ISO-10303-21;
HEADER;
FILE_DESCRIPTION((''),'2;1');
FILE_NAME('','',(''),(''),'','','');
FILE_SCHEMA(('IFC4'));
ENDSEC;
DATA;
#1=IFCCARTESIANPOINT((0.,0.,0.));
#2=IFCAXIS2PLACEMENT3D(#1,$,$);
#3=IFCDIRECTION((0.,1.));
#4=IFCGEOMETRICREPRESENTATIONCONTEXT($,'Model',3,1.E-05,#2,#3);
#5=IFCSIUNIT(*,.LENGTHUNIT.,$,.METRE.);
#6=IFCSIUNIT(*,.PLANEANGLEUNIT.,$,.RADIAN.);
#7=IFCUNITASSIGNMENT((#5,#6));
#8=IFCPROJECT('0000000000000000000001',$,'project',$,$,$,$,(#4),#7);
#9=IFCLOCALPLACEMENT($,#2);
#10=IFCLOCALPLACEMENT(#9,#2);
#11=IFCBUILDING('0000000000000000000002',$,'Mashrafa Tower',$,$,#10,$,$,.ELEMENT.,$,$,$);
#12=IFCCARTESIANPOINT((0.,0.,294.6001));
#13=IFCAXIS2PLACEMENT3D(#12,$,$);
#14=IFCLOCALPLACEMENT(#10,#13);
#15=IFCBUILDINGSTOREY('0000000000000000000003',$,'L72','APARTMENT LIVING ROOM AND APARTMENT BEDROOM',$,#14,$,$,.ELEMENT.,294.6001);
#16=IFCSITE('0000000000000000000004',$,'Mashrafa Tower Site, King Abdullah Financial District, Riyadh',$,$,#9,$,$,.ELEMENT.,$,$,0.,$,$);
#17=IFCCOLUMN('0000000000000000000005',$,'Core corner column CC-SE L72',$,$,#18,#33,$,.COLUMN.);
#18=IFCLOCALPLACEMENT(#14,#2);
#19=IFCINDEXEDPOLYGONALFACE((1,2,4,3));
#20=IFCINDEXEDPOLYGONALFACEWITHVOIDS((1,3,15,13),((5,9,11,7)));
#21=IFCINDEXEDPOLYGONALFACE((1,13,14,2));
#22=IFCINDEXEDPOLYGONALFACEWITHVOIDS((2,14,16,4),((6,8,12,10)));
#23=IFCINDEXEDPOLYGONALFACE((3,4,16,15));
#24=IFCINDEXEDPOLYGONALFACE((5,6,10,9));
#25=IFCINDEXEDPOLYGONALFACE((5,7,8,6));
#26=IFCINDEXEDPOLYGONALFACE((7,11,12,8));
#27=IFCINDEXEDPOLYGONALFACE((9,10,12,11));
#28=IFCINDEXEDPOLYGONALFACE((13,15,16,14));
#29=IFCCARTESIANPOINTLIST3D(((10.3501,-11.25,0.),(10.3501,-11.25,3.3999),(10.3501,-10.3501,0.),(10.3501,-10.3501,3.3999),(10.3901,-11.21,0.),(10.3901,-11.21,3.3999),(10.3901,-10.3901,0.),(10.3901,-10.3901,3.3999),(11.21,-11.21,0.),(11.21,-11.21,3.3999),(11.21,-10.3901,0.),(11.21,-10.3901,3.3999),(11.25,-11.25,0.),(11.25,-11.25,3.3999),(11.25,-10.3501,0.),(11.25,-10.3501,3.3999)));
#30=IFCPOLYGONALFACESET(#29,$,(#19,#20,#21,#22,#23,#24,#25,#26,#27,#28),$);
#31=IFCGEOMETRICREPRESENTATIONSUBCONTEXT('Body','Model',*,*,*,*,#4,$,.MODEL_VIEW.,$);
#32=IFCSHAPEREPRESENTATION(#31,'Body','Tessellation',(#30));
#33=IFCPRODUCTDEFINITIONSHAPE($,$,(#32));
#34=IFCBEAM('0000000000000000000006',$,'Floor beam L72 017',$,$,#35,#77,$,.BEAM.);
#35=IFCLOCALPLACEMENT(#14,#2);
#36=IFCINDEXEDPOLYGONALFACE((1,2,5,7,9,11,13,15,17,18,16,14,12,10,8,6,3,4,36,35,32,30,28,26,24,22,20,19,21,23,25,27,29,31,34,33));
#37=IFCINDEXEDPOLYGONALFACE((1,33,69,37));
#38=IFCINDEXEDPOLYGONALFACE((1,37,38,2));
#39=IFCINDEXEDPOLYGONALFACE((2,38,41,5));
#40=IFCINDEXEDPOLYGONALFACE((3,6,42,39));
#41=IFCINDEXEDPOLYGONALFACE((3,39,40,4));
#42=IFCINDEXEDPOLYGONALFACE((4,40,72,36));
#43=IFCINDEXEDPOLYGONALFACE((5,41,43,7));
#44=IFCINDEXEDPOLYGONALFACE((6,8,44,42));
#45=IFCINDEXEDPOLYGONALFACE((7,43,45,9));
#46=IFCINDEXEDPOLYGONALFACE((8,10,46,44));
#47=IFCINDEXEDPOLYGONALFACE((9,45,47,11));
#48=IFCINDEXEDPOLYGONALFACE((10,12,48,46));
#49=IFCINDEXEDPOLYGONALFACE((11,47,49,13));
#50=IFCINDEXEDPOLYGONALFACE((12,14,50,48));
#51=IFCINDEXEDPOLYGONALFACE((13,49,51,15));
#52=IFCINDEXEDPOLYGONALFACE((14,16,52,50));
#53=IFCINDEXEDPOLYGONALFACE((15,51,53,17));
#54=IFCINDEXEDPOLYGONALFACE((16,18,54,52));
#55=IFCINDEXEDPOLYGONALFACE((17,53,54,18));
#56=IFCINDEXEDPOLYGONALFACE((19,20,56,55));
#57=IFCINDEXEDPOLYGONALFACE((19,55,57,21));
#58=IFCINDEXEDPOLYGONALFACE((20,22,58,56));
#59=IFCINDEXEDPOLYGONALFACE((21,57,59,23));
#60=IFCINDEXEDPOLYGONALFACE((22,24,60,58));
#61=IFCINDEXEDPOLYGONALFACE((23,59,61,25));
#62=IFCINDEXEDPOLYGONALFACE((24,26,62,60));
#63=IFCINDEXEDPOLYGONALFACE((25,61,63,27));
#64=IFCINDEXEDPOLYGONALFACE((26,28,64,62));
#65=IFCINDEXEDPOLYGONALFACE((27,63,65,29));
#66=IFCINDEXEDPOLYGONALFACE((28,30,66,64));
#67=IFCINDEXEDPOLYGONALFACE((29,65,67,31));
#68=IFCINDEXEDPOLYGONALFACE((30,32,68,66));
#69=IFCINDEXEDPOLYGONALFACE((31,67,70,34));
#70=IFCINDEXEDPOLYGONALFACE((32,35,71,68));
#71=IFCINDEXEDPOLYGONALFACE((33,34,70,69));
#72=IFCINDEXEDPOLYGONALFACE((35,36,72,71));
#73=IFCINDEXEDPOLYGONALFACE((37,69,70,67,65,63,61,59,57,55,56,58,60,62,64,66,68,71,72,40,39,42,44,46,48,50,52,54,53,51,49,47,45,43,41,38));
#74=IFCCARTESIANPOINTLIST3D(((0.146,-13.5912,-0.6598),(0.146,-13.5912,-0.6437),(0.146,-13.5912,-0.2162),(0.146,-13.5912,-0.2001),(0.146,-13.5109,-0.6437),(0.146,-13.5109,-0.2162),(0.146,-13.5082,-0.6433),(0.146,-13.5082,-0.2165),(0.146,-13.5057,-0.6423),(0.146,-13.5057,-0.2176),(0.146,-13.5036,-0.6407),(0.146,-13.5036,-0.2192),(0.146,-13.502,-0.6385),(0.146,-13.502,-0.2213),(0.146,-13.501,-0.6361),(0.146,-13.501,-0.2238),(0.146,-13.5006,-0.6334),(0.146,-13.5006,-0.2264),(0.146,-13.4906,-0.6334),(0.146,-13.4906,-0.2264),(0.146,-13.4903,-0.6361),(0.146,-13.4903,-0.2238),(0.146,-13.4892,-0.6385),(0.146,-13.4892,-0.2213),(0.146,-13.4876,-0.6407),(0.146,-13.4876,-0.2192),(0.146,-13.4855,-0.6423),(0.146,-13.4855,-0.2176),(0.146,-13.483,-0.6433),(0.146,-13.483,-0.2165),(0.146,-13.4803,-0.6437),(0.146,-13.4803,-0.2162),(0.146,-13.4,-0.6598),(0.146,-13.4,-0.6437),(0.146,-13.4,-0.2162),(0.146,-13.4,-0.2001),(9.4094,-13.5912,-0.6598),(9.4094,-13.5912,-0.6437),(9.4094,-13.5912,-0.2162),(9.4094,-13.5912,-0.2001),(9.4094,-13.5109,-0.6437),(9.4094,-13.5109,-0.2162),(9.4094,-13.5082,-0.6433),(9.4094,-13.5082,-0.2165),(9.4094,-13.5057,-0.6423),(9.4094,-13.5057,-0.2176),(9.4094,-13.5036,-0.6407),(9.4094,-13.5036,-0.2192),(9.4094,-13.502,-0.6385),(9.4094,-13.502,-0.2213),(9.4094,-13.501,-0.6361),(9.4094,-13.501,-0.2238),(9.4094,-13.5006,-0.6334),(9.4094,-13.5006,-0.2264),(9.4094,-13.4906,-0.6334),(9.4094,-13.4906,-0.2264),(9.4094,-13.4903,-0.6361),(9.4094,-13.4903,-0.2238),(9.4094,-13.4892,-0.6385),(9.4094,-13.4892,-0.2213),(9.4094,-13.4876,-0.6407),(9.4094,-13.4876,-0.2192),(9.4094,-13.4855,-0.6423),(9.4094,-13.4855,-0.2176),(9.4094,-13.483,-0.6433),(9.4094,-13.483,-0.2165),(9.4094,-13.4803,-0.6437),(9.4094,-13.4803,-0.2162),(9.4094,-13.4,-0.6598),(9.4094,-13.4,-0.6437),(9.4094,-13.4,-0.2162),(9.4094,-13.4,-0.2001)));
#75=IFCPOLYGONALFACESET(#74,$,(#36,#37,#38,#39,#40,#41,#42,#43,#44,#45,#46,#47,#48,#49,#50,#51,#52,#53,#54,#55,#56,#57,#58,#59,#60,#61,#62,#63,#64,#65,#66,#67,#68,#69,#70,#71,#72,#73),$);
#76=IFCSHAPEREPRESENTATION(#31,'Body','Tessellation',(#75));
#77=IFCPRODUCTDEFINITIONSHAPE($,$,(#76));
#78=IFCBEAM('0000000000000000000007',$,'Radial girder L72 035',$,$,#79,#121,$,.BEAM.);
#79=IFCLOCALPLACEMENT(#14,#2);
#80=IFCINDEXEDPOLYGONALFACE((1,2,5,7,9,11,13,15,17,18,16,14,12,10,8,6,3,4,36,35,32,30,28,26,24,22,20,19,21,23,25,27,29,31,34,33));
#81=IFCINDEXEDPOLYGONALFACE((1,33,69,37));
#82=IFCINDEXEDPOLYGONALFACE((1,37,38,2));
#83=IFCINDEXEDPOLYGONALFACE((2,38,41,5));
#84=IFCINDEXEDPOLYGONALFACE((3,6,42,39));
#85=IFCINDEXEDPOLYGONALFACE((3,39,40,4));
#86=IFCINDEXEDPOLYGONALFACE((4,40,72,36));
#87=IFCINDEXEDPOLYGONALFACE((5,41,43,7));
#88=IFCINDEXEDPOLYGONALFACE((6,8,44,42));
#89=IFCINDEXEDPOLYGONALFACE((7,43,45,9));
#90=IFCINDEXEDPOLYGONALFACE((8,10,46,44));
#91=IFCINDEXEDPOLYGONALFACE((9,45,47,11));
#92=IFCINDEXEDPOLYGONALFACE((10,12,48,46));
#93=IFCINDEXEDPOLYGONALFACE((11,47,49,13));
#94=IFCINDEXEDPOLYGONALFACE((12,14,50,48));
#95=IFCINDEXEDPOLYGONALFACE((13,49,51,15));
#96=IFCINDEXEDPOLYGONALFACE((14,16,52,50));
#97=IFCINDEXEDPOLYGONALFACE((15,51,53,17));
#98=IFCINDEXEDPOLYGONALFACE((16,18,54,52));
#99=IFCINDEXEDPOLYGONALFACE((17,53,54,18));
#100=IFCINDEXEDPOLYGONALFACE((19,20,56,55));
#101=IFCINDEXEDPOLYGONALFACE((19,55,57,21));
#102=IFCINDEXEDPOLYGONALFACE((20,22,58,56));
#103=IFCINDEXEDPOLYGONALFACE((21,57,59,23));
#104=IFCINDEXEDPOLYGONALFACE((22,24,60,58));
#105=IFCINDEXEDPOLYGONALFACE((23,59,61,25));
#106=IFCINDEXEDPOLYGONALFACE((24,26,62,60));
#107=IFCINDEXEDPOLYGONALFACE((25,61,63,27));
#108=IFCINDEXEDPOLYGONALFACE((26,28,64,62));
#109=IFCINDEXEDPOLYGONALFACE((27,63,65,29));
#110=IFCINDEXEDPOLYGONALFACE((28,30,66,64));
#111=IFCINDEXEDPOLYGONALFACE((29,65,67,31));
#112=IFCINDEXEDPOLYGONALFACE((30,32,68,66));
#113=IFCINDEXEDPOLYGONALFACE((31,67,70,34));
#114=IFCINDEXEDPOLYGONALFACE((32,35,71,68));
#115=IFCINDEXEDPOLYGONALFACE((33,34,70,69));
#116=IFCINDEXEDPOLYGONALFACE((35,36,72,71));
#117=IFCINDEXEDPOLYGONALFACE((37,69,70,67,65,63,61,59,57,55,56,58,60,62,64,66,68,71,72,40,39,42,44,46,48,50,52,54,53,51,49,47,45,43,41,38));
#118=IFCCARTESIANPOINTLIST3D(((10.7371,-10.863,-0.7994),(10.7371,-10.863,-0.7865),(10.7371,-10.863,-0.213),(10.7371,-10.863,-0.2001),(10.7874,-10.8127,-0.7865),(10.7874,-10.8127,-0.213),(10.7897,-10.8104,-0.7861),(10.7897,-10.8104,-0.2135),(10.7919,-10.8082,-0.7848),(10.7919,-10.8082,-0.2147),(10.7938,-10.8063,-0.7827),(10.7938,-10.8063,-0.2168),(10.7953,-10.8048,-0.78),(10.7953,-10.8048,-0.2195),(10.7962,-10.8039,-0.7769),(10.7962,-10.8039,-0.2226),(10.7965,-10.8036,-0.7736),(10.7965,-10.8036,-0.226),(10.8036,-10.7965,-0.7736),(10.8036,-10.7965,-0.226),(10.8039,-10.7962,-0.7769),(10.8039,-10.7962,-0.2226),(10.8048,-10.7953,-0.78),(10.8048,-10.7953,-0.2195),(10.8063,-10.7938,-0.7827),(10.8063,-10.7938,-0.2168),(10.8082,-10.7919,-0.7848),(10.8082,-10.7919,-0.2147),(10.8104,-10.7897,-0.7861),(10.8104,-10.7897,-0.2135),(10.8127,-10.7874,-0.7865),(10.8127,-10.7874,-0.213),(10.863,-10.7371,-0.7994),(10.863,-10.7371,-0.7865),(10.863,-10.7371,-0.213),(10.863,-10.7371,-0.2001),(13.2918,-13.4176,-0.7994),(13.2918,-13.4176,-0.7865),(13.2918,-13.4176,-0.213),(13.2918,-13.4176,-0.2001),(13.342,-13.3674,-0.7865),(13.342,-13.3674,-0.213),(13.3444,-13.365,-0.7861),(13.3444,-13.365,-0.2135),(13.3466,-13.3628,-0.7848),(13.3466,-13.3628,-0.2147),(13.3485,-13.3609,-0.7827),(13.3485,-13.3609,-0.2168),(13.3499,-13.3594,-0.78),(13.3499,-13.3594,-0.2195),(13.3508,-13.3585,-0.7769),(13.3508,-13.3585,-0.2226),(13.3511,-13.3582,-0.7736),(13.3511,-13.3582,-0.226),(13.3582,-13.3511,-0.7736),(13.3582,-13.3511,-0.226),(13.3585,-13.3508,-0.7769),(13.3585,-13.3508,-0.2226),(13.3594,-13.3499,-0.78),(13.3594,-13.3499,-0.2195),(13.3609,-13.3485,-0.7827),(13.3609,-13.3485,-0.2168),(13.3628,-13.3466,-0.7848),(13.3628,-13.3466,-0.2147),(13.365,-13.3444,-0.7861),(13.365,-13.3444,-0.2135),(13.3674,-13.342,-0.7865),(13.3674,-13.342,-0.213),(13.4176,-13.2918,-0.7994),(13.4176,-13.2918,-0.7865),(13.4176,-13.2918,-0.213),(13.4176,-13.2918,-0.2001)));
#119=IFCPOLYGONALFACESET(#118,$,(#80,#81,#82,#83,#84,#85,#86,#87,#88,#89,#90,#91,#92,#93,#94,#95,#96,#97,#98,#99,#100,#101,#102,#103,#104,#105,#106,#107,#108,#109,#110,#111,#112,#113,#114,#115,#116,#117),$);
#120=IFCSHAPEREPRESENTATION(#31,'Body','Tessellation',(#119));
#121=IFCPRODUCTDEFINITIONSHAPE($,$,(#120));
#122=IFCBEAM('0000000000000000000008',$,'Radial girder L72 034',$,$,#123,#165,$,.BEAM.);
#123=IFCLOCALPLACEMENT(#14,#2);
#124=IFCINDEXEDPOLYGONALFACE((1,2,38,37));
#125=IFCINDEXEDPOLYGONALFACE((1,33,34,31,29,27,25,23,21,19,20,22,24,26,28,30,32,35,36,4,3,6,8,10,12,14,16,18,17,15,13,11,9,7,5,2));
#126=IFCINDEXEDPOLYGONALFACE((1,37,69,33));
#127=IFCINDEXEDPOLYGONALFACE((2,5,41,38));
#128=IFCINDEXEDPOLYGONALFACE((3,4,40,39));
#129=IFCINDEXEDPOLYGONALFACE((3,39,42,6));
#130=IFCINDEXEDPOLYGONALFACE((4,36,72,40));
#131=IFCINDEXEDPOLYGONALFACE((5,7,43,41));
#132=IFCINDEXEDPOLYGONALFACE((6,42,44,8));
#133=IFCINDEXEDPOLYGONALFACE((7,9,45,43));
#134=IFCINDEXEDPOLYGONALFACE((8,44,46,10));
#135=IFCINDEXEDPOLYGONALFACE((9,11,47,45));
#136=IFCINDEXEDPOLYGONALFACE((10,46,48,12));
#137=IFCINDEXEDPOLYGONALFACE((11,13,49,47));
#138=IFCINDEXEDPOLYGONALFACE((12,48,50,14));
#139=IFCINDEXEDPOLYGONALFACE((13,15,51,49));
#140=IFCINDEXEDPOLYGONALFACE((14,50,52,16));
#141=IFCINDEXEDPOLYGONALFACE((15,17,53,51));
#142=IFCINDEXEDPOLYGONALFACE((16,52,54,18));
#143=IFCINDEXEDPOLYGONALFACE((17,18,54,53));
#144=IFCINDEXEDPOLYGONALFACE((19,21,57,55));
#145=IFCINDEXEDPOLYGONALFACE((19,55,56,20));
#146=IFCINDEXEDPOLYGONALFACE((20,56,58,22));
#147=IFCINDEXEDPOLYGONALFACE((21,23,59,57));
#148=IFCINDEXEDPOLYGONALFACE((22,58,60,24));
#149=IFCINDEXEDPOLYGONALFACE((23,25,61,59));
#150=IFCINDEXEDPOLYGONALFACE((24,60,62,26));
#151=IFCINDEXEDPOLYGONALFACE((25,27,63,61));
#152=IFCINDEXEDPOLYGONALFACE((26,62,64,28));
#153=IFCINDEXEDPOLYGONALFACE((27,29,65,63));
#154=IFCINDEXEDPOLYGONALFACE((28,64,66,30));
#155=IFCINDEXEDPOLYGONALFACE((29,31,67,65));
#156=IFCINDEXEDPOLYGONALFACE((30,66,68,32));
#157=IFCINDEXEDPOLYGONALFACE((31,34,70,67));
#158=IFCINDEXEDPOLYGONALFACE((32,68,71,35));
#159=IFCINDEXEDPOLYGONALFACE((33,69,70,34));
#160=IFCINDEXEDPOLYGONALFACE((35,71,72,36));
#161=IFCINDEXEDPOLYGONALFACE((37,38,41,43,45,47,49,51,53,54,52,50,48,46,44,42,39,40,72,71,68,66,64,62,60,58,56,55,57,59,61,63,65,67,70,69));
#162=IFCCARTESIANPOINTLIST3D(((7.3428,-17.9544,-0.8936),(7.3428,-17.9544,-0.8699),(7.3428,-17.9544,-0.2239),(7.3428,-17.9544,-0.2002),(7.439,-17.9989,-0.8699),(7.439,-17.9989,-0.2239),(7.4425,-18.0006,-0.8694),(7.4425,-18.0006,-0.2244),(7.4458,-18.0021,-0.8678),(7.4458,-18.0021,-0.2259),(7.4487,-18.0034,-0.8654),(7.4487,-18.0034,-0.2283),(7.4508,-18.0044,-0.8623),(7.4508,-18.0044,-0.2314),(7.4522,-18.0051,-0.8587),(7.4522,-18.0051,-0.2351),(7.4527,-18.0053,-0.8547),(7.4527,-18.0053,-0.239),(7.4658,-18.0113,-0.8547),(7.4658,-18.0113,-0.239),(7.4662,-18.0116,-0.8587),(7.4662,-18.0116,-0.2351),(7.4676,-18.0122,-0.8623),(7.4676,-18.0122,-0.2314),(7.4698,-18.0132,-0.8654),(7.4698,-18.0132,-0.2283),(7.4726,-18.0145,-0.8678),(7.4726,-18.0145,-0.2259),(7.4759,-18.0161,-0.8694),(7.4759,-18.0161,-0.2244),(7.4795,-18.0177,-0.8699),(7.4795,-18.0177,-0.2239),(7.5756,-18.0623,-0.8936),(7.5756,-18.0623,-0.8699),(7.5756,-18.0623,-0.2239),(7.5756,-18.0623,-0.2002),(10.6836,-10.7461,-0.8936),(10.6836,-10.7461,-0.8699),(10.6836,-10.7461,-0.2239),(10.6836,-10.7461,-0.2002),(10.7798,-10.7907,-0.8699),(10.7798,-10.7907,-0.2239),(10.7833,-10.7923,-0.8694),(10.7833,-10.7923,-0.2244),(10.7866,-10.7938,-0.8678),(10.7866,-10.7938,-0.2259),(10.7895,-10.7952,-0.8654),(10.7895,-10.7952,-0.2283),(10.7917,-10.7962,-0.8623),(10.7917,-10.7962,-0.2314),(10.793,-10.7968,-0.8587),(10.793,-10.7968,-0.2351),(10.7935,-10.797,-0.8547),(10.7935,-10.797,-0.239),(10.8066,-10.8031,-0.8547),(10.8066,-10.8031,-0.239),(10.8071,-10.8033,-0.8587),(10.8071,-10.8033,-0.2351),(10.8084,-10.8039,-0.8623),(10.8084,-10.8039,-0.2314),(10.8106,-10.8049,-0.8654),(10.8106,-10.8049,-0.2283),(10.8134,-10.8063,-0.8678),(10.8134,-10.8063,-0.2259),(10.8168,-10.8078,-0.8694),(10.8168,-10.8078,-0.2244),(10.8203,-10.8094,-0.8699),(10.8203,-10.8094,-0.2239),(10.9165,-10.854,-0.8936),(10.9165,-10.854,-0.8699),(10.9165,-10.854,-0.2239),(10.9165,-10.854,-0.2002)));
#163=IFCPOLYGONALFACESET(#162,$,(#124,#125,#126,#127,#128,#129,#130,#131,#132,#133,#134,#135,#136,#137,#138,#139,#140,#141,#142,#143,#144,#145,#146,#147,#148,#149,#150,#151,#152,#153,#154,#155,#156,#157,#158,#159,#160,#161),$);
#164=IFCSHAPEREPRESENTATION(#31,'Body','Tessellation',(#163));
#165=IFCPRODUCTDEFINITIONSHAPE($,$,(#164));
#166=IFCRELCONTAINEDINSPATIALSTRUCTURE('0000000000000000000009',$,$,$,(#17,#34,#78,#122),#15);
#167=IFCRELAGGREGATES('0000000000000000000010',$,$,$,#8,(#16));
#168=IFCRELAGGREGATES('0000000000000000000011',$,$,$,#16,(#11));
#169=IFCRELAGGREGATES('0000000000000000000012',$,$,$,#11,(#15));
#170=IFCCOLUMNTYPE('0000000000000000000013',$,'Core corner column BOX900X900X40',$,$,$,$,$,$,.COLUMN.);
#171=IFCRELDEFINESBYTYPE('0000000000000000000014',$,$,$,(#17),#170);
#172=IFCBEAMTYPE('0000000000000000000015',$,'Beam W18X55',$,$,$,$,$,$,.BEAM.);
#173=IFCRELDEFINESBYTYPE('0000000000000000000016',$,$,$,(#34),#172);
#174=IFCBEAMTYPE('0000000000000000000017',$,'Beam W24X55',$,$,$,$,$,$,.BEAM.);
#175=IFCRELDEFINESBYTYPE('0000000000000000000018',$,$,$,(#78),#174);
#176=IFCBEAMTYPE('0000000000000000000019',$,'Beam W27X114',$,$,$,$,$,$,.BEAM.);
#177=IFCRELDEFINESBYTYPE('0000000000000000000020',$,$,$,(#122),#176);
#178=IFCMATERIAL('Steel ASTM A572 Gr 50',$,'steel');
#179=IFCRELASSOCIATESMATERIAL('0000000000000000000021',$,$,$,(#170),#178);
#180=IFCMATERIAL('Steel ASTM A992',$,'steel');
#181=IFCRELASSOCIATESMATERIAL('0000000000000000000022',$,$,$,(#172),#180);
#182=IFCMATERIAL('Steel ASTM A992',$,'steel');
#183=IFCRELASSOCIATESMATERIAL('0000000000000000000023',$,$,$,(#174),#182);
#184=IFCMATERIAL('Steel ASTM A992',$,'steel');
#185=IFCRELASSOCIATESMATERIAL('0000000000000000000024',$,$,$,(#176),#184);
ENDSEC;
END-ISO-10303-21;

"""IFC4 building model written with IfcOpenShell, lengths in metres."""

from ifc_helpers import new_model, si_unit, direction, frame, origin, origin_2d, place, context, subcontext, project, spatial, hollow_rectangle, i_section, extrude, material, material_profile, profile_set, type_object, element, save


model = new_model("IFC4")

# Units and contexts
model_context = context("Model", 3, precision=1e-05, world=origin(), true_north=direction((0.0, 1.0)))
body_context = subcontext(model_context, "Body", "Model", "MODEL_VIEW")
ifc_project = project(units=[si_unit("LENGTHUNIT", "METRE"), si_unit("PLANEANGLEUNIT", "RADIAN")], contexts=[model_context])

# Site, building, storey
site_placement = place(None, origin())
site = spatial("IfcSite", under=ifc_project, at=site_placement, Name="Mashrafa Tower Site, King Abdullah Financial District, Riyadh", CompositionType="ELEMENT", RefElevation=0.0)
building_placement = place(site_placement, origin())
building = spatial("IfcBuilding", under=site, at=building_placement, Name="Mashrafa Tower", CompositionType="ELEMENT")
storey_placement = place(building_placement, frame((0.0, 0.0, 294.6001)))
storey = spatial("IfcBuildingStorey", under=building, at=storey_placement, Name="L72", Description="APARTMENT LIVING ROOM AND APARTMENT BEDROOM", CompositionType="ELEMENT", Elevation=294.6001)

# Column
ifc_material_1 = material(Name="Steel ASTM A572 Gr 50", Category="steel")
ifc_material_profile_1 = material_profile(ifc_material_1, hollow_rectangle(XDim=0.8999, YDim=0.8999, WallThickness=0.04, at=origin_2d()), Name="BOX900X900X40")
ifc_profile_set_1 = profile_set([ifc_material_profile_1], Name="Steel ASTM A572 Gr 50")
column_type = type_object("IfcColumnType", Name="Core corner column BOX900X900X40", PredefinedType="COLUMN", material=ifc_profile_set_1)
column_placement = place(storey_placement, frame((10.8, -10.8, 0.0), z_axis=(0.0, 0.0, 1.0), x_axis=(1.0, 0.0, 0.0)))
element("IfcColumn", 1, at=column_placement, inside=storey, type_object=column_type, Name="Core corner column CC-SE L72", PredefinedType="COLUMN", context=body_context, shape_type="SweptSolid", body=[
    extrude(hollow_rectangle(XDim=0.8999, YDim=0.8999, WallThickness=0.04, at=origin_2d()), origin(), (0.0, 0.0, 1.0), 3.3999),
])

# Beams
ifc_material_2 = material(Name="Steel ASTM A992", Category="steel")
ifc_material_profile_2 = material_profile(ifc_material_2, i_section(OverallWidth=0.1912, OverallDepth=0.4597, WebThickness=0.01, FlangeThickness=0.0161, FilletRadius=0.0103, at=origin_2d()), Name="W18X55")
ifc_profile_set_2 = profile_set([ifc_material_profile_2], Name="Steel ASTM A992")
beam_type_1 = type_object("IfcBeamType", Name="Beam W18X55", PredefinedType="BEAM", material=ifc_profile_set_2)
beam_1_placement = place(storey_placement, frame((9.4094, -13.4956, -0.4299), z_axis=(-1.0, 0.0, 0.0), x_axis=(0.0, -1.0, 0.0)))
element("IfcBeam", 2, at=beam_1_placement, inside=storey, type_object=beam_type_1, Name="Floor beam L72 017", PredefinedType="BEAM", context=body_context, shape_type="SweptSolid", body=[
    extrude(i_section(OverallWidth=0.1912, OverallDepth=0.4597, WebThickness=0.01, FlangeThickness=0.0161, FilletRadius=0.0103, at=origin_2d()), origin(), (0.0, 0.0, 1.0), 9.2634),
])
ifc_material_3 = material(Name="Steel ASTM A992", Category="steel")
ifc_material_profile_3 = material_profile(ifc_material_3, i_section(OverallWidth=0.178, OverallDepth=0.5994, WebThickness=0.01, FlangeThickness=0.0129, FilletRadius=0.0129, at=origin_2d()), Name="W24X55")
ifc_profile_set_3 = profile_set([ifc_material_profile_3], Name="Steel ASTM A992")
beam_type_2 = type_object("IfcBeamType", Name="Beam W24X55", PredefinedType="BEAM", material=ifc_profile_set_3)
beam_2_placement = place(storey_placement, frame((10.8, -10.8, -0.4998), z_axis=(0.707107, -0.707107, 0.0), x_axis=(0.707107, 0.707107, 0.0)))
element("IfcBeam", 3, at=beam_2_placement, inside=storey, type_object=beam_type_2, Name="Radial girder L72 035", PredefinedType="BEAM", context=body_context, shape_type="SweptSolid", body=[
    extrude(i_section(OverallWidth=0.178, OverallDepth=0.5994, WebThickness=0.01, FlangeThickness=0.0129, FilletRadius=0.0129, at=origin_2d()), origin(), (0.0, 0.0, 1.0), 3.6128),
])
ifc_material_4 = material(Name="Steel ASTM A992", Category="steel")
ifc_material_profile_4 = material_profile(ifc_material_4, i_section(OverallWidth=0.2566, OverallDepth=0.6934, WebThickness=0.0144, FlangeThickness=0.0237, FilletRadius=0.0151, at=origin_2d()), Name="W27X114")
ifc_profile_set_4 = profile_set([ifc_material_profile_4], Name="Steel ASTM A992")
beam_type_3 = type_object("IfcBeamType", Name="Beam W27X114", PredefinedType="BEAM", material=ifc_profile_set_4)
beam_3_placement = place(storey_placement, frame((10.8, -10.8, -0.5469), z_axis=(-0.420504, -0.907291, 0.0), x_axis=(0.907291, -0.420504, 0.0)))
element("IfcBeam", 4, at=beam_3_placement, inside=storey, type_object=beam_type_3, Name="Radial girder L72 034", PredefinedType="BEAM", context=body_context, shape_type="SweptSolid", body=[
    extrude(i_section(OverallWidth=0.2566, OverallDepth=0.6934, WebThickness=0.0144, FlangeThickness=0.0237, FilletRadius=0.0151, at=origin_2d()), origin(), (0.0, 0.0, 1.0), 7.9448),
])

save(model, "model.ifc")
